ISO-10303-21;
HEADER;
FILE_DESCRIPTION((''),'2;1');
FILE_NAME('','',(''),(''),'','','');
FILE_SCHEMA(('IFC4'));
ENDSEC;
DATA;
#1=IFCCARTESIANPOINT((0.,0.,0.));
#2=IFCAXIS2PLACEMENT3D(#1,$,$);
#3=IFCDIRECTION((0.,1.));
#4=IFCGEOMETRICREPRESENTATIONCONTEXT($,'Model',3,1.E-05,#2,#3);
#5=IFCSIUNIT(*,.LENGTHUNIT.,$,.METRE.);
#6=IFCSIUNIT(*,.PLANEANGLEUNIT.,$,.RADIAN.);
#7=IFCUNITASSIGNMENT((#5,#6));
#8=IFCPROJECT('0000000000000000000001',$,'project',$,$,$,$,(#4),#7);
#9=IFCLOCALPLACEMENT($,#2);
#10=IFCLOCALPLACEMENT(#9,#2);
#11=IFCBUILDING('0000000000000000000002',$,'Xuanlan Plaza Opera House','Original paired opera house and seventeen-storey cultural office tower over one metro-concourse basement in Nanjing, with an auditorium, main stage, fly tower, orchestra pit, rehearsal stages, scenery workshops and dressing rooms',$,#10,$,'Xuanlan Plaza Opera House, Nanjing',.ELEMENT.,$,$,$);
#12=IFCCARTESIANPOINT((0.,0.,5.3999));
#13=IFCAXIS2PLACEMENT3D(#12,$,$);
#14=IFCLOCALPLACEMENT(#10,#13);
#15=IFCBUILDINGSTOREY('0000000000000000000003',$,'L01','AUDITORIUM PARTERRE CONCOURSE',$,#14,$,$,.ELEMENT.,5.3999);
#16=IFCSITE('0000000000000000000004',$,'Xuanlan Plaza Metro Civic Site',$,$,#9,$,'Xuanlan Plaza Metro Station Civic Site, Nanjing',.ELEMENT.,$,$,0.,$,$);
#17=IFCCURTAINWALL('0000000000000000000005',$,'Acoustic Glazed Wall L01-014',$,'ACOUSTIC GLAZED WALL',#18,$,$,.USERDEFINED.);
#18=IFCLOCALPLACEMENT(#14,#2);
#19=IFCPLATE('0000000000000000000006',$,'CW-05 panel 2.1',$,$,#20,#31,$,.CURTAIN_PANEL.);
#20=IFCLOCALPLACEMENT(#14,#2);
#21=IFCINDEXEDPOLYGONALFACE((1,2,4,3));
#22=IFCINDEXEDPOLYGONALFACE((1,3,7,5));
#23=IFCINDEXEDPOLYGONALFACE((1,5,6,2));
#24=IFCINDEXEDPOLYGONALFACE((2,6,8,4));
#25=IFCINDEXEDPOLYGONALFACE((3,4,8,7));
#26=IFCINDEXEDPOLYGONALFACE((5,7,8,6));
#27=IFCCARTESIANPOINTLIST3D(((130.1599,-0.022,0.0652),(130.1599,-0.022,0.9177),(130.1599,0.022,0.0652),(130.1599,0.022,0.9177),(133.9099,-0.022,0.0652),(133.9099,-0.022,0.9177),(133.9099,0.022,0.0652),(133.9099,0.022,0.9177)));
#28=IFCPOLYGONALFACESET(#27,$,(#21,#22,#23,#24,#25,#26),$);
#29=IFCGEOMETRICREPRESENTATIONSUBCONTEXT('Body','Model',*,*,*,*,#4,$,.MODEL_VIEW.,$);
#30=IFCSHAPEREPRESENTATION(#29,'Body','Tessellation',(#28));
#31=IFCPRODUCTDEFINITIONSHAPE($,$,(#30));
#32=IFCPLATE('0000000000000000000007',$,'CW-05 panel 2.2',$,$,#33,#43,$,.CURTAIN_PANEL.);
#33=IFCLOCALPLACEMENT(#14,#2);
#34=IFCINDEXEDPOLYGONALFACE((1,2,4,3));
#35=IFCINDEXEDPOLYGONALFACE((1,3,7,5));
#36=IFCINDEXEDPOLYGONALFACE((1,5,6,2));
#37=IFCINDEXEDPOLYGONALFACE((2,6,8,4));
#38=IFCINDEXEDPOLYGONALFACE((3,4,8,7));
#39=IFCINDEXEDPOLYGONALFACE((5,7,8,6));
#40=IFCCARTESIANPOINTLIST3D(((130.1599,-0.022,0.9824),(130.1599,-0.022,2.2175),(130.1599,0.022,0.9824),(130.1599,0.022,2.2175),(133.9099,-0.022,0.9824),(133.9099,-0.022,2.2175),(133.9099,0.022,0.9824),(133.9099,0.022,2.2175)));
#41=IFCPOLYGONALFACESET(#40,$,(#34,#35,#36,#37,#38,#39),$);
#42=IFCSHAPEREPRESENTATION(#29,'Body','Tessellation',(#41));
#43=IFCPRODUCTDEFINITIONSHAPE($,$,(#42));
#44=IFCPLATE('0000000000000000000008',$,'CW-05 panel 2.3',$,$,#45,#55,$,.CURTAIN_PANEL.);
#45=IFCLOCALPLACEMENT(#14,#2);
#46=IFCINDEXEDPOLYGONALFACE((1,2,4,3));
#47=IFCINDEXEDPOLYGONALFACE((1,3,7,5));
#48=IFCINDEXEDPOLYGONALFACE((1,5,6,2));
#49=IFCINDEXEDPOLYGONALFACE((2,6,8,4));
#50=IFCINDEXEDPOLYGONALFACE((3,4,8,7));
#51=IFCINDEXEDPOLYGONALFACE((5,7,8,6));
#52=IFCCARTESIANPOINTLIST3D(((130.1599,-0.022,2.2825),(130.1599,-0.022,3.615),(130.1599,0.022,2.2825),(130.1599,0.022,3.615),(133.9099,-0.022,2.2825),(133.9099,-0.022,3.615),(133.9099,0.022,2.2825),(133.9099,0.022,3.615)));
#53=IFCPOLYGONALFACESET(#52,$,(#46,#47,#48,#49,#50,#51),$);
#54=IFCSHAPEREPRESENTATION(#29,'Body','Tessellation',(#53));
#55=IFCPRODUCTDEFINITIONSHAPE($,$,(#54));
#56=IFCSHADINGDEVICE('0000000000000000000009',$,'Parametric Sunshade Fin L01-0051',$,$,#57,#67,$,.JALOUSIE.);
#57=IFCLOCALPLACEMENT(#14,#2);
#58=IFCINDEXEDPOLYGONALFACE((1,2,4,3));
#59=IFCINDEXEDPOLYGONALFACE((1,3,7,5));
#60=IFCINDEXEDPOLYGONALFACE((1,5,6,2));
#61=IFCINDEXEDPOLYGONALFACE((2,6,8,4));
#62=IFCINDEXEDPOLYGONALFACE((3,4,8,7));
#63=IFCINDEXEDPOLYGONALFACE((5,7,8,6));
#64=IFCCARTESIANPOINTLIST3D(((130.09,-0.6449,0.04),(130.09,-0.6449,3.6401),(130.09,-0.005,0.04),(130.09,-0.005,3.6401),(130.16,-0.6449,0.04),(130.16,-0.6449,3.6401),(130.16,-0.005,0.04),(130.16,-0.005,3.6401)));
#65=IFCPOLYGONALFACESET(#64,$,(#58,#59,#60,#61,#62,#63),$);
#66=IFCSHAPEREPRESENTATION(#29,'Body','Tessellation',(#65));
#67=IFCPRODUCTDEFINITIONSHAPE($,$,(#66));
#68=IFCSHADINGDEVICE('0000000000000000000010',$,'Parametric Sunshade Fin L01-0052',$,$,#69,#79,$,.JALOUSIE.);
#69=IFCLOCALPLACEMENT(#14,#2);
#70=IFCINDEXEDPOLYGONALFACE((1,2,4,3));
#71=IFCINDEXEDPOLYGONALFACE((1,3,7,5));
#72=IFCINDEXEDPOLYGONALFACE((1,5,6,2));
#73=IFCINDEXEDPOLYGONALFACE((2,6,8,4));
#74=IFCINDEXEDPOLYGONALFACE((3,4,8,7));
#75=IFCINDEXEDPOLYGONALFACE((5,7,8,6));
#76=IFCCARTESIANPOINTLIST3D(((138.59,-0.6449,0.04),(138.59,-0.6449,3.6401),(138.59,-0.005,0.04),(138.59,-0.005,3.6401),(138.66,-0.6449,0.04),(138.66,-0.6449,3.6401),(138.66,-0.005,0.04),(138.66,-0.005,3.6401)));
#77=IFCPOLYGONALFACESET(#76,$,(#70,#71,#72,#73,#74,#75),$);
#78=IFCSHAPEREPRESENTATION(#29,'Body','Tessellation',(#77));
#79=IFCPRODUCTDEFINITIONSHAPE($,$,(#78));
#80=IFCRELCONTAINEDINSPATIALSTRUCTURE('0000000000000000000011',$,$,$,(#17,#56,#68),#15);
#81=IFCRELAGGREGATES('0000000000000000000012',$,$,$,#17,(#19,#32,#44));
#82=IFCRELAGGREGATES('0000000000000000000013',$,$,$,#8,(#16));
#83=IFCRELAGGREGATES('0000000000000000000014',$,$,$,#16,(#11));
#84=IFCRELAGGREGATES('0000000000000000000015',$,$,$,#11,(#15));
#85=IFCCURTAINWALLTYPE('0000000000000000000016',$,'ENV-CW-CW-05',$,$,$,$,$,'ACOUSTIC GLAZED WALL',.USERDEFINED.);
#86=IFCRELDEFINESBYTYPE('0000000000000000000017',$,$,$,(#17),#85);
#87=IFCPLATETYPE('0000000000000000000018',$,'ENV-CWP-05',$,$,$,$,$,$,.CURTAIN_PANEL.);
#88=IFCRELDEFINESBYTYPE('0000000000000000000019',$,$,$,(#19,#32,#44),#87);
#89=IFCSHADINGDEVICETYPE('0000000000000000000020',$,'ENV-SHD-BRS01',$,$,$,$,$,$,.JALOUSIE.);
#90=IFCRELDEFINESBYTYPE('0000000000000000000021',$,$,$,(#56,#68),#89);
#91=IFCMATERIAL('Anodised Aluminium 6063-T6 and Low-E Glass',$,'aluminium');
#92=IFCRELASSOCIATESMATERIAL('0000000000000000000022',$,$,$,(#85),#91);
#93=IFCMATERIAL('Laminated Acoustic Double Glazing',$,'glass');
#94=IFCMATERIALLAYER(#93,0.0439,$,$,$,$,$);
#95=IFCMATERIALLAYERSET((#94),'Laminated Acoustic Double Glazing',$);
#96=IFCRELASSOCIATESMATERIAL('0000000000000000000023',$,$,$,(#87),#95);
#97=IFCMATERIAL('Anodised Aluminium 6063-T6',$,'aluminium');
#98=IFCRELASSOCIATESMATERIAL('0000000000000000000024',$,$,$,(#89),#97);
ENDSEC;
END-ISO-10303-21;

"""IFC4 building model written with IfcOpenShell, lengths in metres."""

from ifc_helpers import new_model, si_unit, direction, frame, origin, origin_2d, place, context, subcontext, project, spatial, rectangle, extrude, material, layer, layer_set, type_object, element, aggregate, save


model = new_model("IFC4")

# Units and contexts
model_context = context("Model", 3, precision=1e-05, world=origin(), true_north=direction((0.0, 1.0)))
body_context = subcontext(model_context, "Body", "Model", "MODEL_VIEW")
ifc_project = project(units=[si_unit("LENGTHUNIT", "METRE"), si_unit("PLANEANGLEUNIT", "RADIAN")], contexts=[model_context])

# Site, building, storey
site_placement = place(None, origin())
site = spatial("IfcSite", under=ifc_project, at=site_placement, Name="Xuanlan Plaza Metro Civic Site", LongName="Xuanlan Plaza Metro Station Civic Site, Nanjing", CompositionType="ELEMENT", RefElevation=0.0)
building_placement = place(site_placement, origin())
building = spatial("IfcBuilding", under=site, at=building_placement, Name="Xuanlan Plaza Opera House", Description="Original paired opera house and seventeen-storey cultural office tower over one metro-concourse basement in Nanjing, with an auditorium, main stage, fly tower, orchestra pit, rehearsal stages, scenery workshops and dressing rooms", LongName="Xuanlan Plaza Opera House, Nanjing", CompositionType="ELEMENT")
storey_placement = place(building_placement, frame((0.0, 0.0, 5.3999)))
storey = spatial("IfcBuildingStorey", under=building, at=storey_placement, Name="L01", Description="AUDITORIUM PARTERRE CONCOURSE", CompositionType="ELEMENT", Elevation=5.3999)

# Curtain wall
ifc_material_1 = material(Name="Anodised Aluminium 6063-T6 and Low-E Glass", Category="aluminium")
ifc_material_2 = material(Name="Anodised Aluminium 6063-T6", Category="aluminium")
curtain_wall_type_1 = type_object("IfcCurtainWallType", Name="ENV-CW-CW-05", ElementType="ACOUSTIC GLAZED WALL", PredefinedType="USERDEFINED", material=ifc_material_1)
curtain_wall_1_placement = place(storey_placement, origin())
curtain_wall_1 = element("IfcCurtainWall", 1, at=curtain_wall_1_placement, inside=storey, type_object=curtain_wall_type_1, Name="Acoustic Glazed Wall L01-014", ObjectType="ACOUSTIC GLAZED WALL", PredefinedType="USERDEFINED")

# Plates
ifc_material_3 = material(Name="Laminated Acoustic Double Glazing", Category="glass")
ifc_layer_1 = layer(ifc_material_3, 0.0439)
ifc_layer_set_1 = layer_set([ifc_layer_1], Name="Laminated Acoustic Double Glazing")
plate_type_1 = type_object("IfcPlateType", Name="ENV-CWP-05", PredefinedType="CURTAIN_PANEL", material=ifc_layer_set_1)
plate_1_placement = place(storey_placement, frame((132.0349, 0.0, 0.0652), z_axis=(0.0, 0.0, 1.0), x_axis=(1.0, 0.0, 0.0)))
plate_1 = element("IfcPlate", 2, at=plate_1_placement, type_object=plate_type_1, Name="CW-05 panel 2.1", PredefinedType="CURTAIN_PANEL", context=body_context, shape_type="SweptSolid", body=[
    extrude(rectangle(XDim=3.75, YDim=0.0439, at=origin_2d()), origin(), (0.0, 0.0, 1.0), 0.8525),
])
plate_2_placement = place(storey_placement, frame((132.0349, 0.0, 0.9824), z_axis=(0.0, 0.0, 1.0), x_axis=(1.0, 0.0, 0.0)))
plate_2 = element("IfcPlate", 3, at=plate_2_placement, type_object=plate_type_1, Name="CW-05 panel 2.2", PredefinedType="CURTAIN_PANEL", context=body_context, shape_type="SweptSolid", body=[
    extrude(rectangle(XDim=3.75, YDim=0.0439, at=origin_2d()), origin(), (0.0, 0.0, 1.0), 1.2351),
])
plate_3_placement = place(storey_placement, frame((132.0349, 0.0, 2.2825), z_axis=(0.0, 0.0, 1.0), x_axis=(1.0, 0.0, 0.0)))
plate_3 = element("IfcPlate", 4, at=plate_3_placement, type_object=plate_type_1, Name="CW-05 panel 2.3", PredefinedType="CURTAIN_PANEL", context=body_context, shape_type="SweptSolid", body=[
    extrude(rectangle(XDim=3.75, YDim=0.0439, at=origin_2d()), origin(), (0.0, 0.0, 1.0), 1.3325),
])
aggregate(curtain_wall_1, [plate_1, plate_2, plate_3])

# Shading devices
shading_device_type = type_object("IfcShadingDeviceType", Name="ENV-SHD-BRS01", PredefinedType="JALOUSIE", material=ifc_material_2)
for number, where, z_axis, x_axis, name in (
    (5, (130.125, -0.325, 0.04), (0.0, 0.0, 1.0), (0.0, -1.0, 0.0), "Parametric Sunshade Fin L01-0051"),
    (6, (138.625, -0.325, 0.04), (0.0, 0.0, 1.0), (0.0, -1.0, 0.0), "Parametric Sunshade Fin L01-0052"),
):
    element("IfcShadingDevice", number, at=place(storey_placement, frame(where, z_axis=z_axis, x_axis=x_axis)), inside=storey, type_object=shading_device_type, Name=name, PredefinedType="JALOUSIE", context=body_context, shape_type="SweptSolid", body=[
        extrude(rectangle(XDim=0.6399, YDim=0.0701, at=origin_2d()), origin(), (0.0, 0.0, 1.0), 3.6001),
    ])

save(model, "model.ifc")
